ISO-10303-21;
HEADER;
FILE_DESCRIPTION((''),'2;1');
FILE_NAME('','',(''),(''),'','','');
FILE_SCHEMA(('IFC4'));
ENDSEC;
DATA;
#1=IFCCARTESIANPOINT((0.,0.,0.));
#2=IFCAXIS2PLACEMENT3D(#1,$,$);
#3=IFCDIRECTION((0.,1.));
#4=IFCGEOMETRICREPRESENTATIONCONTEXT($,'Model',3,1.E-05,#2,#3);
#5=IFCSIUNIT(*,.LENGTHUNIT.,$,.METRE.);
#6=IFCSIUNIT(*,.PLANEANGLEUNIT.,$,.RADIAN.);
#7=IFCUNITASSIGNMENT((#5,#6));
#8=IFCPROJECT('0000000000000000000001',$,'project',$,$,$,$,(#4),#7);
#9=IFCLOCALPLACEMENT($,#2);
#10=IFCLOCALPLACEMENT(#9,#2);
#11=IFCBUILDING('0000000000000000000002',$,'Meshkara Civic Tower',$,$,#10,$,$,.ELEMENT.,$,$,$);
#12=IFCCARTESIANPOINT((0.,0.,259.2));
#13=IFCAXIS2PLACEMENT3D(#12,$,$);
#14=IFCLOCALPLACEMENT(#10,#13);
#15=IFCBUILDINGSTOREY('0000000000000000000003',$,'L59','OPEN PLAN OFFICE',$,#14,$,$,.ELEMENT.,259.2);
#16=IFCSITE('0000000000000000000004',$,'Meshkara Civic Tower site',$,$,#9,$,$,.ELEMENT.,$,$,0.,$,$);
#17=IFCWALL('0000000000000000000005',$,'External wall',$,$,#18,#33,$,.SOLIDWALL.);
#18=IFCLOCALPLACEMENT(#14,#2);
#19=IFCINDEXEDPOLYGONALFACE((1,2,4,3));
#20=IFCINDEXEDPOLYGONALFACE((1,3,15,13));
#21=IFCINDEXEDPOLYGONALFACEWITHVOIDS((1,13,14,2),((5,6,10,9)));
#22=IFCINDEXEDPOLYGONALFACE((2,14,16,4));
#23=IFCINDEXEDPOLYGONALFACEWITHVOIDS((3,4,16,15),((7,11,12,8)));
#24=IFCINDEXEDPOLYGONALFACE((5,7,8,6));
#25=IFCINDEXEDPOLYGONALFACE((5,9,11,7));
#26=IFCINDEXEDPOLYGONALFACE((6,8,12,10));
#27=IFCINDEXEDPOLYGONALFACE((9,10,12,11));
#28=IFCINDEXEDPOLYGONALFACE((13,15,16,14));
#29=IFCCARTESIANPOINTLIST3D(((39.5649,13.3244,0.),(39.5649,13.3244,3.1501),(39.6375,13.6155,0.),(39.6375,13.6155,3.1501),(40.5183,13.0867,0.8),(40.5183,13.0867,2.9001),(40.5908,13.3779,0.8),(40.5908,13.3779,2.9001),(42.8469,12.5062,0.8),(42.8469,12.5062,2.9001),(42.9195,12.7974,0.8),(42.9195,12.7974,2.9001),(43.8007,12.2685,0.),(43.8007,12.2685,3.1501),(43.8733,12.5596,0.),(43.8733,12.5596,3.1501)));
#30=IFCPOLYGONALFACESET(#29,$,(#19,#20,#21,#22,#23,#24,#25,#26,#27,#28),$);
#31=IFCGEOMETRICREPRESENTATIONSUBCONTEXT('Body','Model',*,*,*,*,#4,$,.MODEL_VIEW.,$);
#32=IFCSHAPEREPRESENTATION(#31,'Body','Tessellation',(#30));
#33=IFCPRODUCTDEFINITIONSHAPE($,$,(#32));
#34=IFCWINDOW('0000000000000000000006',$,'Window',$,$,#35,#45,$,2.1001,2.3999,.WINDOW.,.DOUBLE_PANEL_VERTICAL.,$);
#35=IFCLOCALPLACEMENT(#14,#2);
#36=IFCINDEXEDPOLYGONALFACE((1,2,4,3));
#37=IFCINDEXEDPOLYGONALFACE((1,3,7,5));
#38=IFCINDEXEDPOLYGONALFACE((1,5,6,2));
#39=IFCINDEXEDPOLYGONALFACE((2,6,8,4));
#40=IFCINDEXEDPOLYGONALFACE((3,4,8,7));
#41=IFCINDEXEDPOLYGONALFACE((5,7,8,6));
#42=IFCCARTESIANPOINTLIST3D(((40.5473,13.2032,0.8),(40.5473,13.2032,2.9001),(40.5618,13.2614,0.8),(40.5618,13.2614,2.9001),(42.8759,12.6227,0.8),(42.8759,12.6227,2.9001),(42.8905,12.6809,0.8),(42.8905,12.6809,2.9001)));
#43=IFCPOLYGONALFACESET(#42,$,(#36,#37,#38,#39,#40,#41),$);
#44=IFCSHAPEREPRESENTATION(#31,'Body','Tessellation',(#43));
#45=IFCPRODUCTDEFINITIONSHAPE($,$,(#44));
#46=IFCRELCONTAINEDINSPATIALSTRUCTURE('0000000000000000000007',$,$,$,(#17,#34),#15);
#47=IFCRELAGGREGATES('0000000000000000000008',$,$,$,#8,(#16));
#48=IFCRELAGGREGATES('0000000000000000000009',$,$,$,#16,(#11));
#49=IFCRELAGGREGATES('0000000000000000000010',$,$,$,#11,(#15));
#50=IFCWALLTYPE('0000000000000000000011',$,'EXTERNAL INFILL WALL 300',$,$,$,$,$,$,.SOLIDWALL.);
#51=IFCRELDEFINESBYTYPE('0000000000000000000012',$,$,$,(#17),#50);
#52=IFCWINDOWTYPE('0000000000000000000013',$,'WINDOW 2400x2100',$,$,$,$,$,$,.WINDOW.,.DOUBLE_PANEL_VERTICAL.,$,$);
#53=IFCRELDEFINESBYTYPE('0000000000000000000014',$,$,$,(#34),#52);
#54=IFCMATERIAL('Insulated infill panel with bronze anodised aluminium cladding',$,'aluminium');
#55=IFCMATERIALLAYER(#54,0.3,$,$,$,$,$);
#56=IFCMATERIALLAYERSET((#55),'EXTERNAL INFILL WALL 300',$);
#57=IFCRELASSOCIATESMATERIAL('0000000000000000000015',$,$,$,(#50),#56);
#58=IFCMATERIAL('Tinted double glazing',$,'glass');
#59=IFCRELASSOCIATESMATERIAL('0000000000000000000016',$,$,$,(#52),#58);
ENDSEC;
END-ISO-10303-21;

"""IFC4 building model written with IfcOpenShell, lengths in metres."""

from ifc_helpers import new_model, si_unit, direction, frame, frame_2d, origin, place, context, subcontext, project, spatial, rectangle, extrude, material, layer, layer_set, type_object, element, fill, save


model = new_model("IFC4")

# Units and contexts
model_context = context("Model", 3, precision=1e-05, world=origin(), true_north=direction((0.0, 1.0)))
body_context = subcontext(model_context, "Body", "Model", "MODEL_VIEW")
ifc_project = project(units=[si_unit("LENGTHUNIT", "METRE"), si_unit("PLANEANGLEUNIT", "RADIAN")], contexts=[model_context])

# Site, building, storey
site_placement = place(None, origin())
site = spatial("IfcSite", under=ifc_project, at=site_placement, Name="Meshkara Civic Tower site", CompositionType="ELEMENT", RefElevation=0.0)
building_placement = place(site_placement, origin())
building = spatial("IfcBuilding", under=site, at=building_placement, Name="Meshkara Civic Tower", CompositionType="ELEMENT")
storey_placement = place(building_placement, frame((0.0, 0.0, 259.2)))
storey = spatial("IfcBuildingStorey", under=building, at=storey_placement, Name="L59", Description="OPEN PLAN OFFICE", CompositionType="ELEMENT", Elevation=259.2)

# Wall, opening, window
ifc_material_1 = material(Name="Insulated infill panel with bronze anodised aluminium cladding", Category="aluminium")
ifc_layer_1 = layer(ifc_material_1, 0.3)
ifc_layer_set_1 = layer_set([ifc_layer_1], Name="EXTERNAL INFILL WALL 300")
wall_type_1 = type_object("IfcWallType", Name="EXTERNAL INFILL WALL 300", PredefinedType="SOLIDWALL", material=ifc_layer_set_1)
ifc_material_2 = material(Name="Tinted double glazing", Category="glass")
window_type = type_object("IfcWindowType", Name="WINDOW 2400x2100", PartitioningType="DOUBLE_PANEL_VERTICAL", PredefinedType="WINDOW", material=ifc_material_2)
wall_1_placement = place(storey_placement, frame((43.8369, 12.4141, 0.0), z_axis=(0.0, 0.0, 1.0), x_axis=(-0.970307, 0.241878, 0.0)))
wall_1 = element("IfcWall", 1, at=wall_1_placement, inside=storey, type_object=wall_type_1, Name="External wall", PredefinedType="SOLIDWALL", context=body_context, shape_type="SweptSolid", body=[
    extrude(rectangle(XDim=4.3655, YDim=0.3, at=frame_2d((2.1826, 0.0))), origin(), (0.0, 0.0, 1.0), 3.1501),
])
opening_1_placement = place(wall_1_placement, frame((0.9829, 0.0, 0.8)))
opening_1 = element("IfcOpeningElement", 2, at=opening_1_placement, cuts=wall_1, PredefinedType="OPENING", context=body_context, shape_type="SweptSolid", body=[
    extrude(rectangle(XDim=2.3999, YDim=2.1001, at=frame_2d((1.2, 1.05))), frame((0.0, 0.1599, 0.0), z_axis=(0.0, -1.0, 0.0), x_axis=(1.0, 0.0, 0.0)), (0.0, 0.0, 1.0), 0.3201),
])
window_1_placement = place(opening_1_placement, origin())
window_1 = element("IfcWindow", 3, at=window_1_placement, inside=storey, type_object=window_type, Name="Window", OverallHeight=2.1001, OverallWidth=2.3999, PartitioningType="DOUBLE_PANEL_VERTICAL", PredefinedType="WINDOW", context=body_context, shape_type="SweptSolid", body=[
    extrude(rectangle(XDim=2.3999, YDim=2.1001, at=frame_2d((1.2, 1.05))), frame((0.0, 0.03, 0.0), z_axis=(0.0, -1.0, 0.0), x_axis=(1.0, 0.0, 0.0)), (0.0, 0.0, 1.0), 0.0601),
])
fill(opening_1, window_1)

save(model, "model.ifc")
